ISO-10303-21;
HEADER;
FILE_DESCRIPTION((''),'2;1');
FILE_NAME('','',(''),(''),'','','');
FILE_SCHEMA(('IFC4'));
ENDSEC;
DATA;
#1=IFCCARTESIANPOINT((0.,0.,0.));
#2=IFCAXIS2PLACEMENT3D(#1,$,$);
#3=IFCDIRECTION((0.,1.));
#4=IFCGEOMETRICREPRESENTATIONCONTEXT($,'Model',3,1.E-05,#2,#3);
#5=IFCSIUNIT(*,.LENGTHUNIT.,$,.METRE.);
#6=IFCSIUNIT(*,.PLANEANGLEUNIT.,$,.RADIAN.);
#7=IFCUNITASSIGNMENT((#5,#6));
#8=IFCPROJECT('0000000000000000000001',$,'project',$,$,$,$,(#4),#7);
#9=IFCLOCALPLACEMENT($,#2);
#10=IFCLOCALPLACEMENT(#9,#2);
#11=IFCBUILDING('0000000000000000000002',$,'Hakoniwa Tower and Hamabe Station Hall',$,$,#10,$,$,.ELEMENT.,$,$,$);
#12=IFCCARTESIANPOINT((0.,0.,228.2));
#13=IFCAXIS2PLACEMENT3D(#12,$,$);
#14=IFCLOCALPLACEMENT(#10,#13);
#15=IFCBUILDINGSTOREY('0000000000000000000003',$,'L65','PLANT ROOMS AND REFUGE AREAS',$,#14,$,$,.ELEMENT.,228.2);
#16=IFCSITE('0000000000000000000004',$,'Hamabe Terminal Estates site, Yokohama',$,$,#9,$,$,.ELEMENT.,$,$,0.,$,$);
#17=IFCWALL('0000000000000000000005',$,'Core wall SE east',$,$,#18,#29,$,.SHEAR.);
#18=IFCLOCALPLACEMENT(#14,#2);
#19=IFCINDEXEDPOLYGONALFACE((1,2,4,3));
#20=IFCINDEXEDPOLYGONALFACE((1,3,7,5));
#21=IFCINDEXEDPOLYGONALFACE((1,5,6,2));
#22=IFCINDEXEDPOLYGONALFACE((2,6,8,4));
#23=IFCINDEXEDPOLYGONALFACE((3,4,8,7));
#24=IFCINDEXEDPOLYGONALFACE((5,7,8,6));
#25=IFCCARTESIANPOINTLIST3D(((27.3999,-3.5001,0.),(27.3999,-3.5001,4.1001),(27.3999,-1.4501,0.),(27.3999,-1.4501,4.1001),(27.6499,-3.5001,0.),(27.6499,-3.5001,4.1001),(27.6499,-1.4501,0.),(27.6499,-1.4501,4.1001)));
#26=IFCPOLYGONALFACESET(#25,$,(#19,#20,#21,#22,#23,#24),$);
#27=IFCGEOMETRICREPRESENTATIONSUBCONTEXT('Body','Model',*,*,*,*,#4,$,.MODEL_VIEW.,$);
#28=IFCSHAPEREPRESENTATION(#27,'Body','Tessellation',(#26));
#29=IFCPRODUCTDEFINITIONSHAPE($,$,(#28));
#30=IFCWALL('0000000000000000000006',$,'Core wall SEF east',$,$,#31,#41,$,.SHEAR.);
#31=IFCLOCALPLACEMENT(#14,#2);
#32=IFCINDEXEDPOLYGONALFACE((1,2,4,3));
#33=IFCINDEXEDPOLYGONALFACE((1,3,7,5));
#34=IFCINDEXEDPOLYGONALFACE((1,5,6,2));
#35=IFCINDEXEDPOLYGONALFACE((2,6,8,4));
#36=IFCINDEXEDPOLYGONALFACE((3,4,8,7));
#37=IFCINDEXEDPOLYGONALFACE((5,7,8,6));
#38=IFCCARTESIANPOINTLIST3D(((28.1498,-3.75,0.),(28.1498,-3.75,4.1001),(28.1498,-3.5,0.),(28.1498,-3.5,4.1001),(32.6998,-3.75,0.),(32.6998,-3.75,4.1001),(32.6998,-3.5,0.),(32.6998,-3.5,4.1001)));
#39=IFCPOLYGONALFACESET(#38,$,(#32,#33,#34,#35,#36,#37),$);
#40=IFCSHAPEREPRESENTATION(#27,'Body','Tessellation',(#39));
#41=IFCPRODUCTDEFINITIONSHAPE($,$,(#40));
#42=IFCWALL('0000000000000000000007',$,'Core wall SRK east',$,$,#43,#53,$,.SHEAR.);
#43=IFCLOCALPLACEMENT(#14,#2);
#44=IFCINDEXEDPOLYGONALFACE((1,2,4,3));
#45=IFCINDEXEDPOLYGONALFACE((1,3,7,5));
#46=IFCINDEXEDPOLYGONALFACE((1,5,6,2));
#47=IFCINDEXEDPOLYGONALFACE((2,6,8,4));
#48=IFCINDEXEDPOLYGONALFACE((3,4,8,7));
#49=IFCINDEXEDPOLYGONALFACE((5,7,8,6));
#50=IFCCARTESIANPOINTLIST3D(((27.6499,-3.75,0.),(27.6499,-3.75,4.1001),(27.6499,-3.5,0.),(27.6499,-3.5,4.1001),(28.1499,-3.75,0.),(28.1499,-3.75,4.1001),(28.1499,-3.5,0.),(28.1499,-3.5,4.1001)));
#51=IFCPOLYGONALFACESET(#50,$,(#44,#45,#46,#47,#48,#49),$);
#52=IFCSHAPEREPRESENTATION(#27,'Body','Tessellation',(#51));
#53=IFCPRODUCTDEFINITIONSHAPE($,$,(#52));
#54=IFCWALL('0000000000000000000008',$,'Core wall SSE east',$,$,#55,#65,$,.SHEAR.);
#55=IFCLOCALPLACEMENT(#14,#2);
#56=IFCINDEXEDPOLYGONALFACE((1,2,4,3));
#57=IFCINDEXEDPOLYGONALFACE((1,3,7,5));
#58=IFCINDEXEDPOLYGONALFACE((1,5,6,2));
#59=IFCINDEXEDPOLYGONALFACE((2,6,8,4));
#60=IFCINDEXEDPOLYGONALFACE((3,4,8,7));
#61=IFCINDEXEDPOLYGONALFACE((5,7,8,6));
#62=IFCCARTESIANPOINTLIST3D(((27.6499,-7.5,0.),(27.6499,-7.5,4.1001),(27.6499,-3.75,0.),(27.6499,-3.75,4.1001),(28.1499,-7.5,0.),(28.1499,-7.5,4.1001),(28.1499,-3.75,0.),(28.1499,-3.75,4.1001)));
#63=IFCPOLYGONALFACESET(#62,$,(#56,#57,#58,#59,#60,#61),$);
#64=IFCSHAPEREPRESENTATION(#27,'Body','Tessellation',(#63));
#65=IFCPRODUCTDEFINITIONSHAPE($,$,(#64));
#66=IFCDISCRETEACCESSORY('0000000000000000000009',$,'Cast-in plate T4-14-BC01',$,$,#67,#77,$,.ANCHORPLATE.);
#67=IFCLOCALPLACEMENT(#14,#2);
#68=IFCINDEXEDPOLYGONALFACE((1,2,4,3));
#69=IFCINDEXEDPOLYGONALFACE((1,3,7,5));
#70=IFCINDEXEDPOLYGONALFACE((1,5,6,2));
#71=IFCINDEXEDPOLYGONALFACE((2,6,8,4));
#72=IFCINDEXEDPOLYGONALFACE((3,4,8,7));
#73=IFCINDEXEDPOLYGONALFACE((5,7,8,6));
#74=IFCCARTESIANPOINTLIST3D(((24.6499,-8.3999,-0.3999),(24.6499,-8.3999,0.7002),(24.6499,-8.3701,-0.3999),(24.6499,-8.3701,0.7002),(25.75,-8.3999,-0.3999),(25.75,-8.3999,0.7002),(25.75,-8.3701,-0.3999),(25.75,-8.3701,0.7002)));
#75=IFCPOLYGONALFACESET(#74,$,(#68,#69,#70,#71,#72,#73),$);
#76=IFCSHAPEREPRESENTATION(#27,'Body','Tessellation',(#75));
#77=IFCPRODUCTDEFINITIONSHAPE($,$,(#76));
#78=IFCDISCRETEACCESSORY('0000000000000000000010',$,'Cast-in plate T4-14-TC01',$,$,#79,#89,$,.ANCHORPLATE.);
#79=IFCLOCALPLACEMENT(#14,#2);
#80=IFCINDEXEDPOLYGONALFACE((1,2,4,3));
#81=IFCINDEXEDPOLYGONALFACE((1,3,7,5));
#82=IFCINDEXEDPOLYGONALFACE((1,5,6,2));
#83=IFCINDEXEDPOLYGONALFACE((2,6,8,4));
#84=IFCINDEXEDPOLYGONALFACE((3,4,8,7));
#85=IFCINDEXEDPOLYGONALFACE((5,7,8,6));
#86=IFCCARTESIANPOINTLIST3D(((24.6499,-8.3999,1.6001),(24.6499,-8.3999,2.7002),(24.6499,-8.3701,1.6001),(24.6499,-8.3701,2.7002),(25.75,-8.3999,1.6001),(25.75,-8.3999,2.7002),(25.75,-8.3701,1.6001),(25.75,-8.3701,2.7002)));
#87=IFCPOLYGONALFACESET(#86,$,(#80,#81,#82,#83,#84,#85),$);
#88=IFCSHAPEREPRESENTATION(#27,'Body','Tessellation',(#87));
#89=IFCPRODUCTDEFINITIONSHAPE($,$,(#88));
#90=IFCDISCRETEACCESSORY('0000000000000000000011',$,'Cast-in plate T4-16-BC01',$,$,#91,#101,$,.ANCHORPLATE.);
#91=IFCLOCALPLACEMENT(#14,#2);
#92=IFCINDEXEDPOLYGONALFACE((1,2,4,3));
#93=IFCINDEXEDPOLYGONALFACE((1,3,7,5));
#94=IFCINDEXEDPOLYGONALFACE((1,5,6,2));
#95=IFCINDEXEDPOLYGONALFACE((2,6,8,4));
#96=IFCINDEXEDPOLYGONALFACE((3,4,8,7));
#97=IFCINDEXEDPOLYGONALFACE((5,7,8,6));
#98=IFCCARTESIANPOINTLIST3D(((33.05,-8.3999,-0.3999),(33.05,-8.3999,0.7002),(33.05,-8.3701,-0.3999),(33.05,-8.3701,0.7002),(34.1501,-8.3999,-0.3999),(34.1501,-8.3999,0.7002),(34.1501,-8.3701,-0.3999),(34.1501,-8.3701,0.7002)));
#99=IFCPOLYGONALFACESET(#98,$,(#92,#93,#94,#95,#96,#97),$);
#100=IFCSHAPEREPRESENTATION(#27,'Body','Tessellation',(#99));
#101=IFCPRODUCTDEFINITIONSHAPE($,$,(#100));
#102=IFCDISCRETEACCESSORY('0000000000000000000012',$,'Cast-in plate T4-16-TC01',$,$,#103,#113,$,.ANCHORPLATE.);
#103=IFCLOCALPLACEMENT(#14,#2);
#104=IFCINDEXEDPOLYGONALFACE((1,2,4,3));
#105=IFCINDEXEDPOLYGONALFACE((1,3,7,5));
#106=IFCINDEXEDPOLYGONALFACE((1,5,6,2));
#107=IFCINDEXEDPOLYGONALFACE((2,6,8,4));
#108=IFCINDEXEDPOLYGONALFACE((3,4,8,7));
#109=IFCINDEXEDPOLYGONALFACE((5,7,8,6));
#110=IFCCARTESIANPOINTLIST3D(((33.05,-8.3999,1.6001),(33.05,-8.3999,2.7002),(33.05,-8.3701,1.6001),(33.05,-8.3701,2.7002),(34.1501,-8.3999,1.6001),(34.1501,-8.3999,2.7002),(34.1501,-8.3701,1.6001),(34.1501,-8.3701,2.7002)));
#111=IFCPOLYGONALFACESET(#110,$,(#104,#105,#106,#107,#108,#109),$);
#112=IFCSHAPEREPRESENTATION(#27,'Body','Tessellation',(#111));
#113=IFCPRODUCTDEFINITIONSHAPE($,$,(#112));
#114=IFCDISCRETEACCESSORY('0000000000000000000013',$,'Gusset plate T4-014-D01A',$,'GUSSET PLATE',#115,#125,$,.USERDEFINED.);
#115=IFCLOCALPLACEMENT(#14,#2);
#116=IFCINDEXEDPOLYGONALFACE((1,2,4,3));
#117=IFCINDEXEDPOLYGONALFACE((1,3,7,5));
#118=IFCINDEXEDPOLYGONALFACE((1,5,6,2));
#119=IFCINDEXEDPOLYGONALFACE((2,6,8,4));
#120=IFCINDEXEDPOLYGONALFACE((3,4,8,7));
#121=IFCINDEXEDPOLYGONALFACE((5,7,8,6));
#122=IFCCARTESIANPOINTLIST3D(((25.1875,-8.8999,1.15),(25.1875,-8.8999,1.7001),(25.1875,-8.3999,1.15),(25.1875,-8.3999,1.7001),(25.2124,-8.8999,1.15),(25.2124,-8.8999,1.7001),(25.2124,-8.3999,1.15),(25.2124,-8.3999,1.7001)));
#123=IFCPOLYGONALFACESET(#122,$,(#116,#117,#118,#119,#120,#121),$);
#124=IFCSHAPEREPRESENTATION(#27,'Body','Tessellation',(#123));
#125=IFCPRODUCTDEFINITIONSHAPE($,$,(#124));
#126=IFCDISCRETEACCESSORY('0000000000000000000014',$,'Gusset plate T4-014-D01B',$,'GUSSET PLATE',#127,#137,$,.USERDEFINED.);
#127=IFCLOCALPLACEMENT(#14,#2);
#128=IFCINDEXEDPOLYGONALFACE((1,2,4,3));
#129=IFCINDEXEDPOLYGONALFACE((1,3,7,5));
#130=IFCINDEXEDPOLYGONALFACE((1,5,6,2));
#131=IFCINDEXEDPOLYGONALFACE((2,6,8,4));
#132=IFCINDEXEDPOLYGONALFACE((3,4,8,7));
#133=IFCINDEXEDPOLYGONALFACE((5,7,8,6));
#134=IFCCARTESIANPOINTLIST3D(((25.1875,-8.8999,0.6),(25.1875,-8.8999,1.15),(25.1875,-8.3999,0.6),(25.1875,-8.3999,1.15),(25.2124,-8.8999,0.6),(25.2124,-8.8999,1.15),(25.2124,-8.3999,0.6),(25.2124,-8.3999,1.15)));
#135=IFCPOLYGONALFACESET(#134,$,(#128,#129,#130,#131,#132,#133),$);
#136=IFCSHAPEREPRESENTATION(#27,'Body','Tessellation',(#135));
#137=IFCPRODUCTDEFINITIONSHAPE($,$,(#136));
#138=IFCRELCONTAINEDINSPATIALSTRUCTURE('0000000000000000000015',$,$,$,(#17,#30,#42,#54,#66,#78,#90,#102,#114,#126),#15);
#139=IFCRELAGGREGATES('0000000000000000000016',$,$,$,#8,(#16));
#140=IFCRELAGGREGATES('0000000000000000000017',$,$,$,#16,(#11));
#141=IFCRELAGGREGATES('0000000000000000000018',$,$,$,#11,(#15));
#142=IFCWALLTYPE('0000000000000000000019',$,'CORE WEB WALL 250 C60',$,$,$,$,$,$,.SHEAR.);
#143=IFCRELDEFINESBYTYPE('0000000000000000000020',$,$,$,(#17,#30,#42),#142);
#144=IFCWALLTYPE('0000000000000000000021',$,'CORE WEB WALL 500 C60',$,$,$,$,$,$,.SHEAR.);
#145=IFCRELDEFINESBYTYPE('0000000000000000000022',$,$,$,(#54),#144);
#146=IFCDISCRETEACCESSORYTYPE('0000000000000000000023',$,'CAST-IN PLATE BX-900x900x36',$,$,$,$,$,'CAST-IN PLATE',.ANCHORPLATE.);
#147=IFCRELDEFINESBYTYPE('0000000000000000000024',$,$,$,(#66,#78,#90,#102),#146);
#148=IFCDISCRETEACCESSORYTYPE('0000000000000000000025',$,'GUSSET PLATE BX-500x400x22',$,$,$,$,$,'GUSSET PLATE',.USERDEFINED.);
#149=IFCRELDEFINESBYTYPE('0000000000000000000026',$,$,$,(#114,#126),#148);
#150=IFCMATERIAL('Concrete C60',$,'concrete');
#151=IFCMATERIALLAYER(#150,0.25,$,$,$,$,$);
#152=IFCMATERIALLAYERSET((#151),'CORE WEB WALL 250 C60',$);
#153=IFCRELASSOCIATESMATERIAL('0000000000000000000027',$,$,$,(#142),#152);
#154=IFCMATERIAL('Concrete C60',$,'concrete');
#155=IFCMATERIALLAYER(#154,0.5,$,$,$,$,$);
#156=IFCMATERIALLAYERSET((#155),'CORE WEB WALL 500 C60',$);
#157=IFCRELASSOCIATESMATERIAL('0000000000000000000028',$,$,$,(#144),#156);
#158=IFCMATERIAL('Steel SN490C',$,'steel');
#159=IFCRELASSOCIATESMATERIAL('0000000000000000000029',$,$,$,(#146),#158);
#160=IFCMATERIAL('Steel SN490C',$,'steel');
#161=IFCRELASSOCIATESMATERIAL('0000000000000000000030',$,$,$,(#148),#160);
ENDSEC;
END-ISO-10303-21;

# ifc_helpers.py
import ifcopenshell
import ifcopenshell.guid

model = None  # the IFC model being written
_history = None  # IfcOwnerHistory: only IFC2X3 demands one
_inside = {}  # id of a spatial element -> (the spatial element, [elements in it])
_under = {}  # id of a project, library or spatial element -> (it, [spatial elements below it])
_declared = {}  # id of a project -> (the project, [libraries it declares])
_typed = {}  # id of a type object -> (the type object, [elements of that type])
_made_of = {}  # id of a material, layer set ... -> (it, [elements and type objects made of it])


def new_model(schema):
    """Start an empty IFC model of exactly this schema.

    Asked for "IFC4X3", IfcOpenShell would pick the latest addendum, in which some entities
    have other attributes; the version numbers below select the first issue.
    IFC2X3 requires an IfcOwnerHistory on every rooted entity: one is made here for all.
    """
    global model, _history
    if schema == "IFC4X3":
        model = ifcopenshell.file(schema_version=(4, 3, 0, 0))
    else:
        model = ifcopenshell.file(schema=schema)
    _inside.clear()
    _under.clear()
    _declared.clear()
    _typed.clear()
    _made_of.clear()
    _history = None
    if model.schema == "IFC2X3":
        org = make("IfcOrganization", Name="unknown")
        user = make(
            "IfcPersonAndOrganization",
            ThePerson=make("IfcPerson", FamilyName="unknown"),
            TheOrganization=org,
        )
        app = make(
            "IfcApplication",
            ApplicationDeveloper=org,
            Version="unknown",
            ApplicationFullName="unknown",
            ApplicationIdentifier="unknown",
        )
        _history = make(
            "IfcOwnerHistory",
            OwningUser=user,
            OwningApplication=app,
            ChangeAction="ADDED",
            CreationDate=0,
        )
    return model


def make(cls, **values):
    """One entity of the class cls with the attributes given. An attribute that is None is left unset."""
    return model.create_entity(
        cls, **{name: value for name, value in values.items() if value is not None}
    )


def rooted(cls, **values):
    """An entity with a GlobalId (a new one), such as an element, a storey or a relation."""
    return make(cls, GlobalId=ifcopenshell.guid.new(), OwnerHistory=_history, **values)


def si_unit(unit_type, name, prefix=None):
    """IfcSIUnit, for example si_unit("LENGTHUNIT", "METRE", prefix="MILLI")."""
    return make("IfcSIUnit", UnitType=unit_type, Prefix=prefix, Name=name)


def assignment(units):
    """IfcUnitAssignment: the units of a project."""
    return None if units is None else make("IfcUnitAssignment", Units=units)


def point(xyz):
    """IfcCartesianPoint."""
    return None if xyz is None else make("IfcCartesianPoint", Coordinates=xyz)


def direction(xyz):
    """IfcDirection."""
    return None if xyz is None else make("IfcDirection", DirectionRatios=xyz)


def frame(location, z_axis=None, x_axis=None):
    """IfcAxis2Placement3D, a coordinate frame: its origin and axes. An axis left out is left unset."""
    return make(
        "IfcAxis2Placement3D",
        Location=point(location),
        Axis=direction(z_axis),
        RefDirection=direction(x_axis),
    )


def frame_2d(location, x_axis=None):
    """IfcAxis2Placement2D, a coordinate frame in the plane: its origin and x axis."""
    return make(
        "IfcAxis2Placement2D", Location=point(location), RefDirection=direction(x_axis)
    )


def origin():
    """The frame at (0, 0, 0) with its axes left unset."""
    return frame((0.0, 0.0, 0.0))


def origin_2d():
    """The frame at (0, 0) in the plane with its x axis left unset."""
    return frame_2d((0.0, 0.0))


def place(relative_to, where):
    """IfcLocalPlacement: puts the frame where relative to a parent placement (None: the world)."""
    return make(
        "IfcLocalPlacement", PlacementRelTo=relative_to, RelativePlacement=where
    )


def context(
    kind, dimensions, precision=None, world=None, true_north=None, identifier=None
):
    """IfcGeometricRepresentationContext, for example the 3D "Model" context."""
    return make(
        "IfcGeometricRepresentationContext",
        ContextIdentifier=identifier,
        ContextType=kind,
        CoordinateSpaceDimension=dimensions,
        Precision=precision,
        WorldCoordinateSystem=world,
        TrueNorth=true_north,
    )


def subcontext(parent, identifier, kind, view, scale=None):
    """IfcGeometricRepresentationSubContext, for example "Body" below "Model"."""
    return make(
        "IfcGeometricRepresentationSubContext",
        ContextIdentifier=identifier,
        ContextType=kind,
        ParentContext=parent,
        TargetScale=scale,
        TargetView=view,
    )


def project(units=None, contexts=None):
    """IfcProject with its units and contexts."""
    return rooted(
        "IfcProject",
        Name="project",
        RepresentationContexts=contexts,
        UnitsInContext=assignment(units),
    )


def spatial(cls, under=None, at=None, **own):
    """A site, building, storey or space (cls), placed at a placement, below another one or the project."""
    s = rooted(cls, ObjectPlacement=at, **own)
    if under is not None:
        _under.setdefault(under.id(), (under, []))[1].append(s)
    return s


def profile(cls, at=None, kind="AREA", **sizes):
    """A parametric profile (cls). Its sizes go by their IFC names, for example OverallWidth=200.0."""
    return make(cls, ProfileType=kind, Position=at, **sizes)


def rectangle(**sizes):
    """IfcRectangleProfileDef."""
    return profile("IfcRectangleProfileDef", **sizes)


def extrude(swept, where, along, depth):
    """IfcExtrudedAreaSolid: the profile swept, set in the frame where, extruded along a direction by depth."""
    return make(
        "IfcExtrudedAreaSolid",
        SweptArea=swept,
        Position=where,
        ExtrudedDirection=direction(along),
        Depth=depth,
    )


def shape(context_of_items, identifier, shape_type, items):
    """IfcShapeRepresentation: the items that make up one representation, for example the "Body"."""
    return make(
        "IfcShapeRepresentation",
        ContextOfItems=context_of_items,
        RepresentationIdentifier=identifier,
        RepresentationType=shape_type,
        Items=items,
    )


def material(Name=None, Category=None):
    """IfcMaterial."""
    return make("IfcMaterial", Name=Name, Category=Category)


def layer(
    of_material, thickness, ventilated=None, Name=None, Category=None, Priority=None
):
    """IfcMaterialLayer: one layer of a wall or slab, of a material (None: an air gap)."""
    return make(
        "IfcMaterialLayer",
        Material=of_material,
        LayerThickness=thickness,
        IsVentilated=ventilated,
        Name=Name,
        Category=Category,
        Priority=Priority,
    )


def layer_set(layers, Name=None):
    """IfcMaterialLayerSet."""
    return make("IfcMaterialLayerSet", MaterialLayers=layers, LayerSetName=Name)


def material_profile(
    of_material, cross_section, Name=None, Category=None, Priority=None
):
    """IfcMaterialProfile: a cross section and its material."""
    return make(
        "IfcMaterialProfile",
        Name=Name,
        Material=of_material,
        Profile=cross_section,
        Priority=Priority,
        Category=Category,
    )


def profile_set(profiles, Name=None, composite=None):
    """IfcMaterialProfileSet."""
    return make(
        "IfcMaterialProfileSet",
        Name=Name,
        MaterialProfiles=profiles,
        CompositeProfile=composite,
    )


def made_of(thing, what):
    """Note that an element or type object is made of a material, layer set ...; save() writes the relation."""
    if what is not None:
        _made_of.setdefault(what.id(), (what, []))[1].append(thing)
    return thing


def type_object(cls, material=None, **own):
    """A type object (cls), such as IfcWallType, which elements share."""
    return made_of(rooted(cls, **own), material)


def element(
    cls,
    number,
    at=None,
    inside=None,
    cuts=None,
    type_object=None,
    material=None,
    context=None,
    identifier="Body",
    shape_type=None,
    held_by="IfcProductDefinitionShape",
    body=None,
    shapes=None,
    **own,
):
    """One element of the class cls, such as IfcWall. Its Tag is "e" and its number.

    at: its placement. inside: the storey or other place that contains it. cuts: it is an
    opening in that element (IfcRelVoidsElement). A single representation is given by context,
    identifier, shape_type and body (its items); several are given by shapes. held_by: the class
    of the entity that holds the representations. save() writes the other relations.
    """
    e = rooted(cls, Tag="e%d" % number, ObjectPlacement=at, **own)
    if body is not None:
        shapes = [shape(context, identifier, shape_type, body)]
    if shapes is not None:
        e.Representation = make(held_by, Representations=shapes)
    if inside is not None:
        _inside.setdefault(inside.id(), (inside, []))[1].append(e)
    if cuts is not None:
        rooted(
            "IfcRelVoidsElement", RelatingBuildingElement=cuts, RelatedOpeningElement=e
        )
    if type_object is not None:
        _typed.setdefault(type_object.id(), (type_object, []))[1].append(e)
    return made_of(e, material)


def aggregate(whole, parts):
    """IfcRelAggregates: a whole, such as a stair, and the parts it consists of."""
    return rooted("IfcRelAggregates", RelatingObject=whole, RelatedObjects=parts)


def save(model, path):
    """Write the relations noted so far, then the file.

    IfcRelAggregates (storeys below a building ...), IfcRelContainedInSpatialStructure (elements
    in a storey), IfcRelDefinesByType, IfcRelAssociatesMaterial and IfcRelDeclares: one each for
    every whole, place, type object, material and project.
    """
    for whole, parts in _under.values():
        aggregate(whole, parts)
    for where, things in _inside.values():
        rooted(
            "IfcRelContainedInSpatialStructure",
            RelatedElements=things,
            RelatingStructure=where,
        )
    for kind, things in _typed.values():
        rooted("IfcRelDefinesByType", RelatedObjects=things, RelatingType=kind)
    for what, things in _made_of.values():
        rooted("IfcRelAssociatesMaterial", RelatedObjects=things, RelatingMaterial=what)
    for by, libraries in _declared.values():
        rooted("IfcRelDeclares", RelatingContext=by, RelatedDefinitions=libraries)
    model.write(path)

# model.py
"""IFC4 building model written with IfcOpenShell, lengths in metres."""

from ifc_helpers import new_model, si_unit, direction, frame, frame_2d, origin, origin_2d, place, context, subcontext, project, spatial, rectangle, extrude, material, layer, layer_set, material_profile, profile_set, type_object, element, save


model = new_model("IFC4")

# Units and contexts
model_context = context("Model", 3, precision=1e-05, world=origin(), true_north=direction((0.0, 1.0)))
body_context = subcontext(model_context, "Body", "Model", "MODEL_VIEW")
ifc_project = project(units=[si_unit("LENGTHUNIT", "METRE"), si_unit("PLANEANGLEUNIT", "RADIAN")], contexts=[model_context])

# Site, building, storey
site_placement = place(None, origin())
site = spatial("IfcSite", under=ifc_project, at=site_placement, Name="Hamabe Terminal Estates site, Yokohama", CompositionType="ELEMENT", RefElevation=0.0)
building_placement = place(site_placement, origin())
building = spatial("IfcBuilding", under=site, at=building_placement, Name="Hakoniwa Tower and Hamabe Station Hall", CompositionType="ELEMENT")
storey_placement = place(building_placement, frame((0.0, 0.0, 228.2)))
storey = spatial("IfcBuildingStorey", under=building, at=storey_placement, Name="L65", Description="PLANT ROOMS AND REFUGE AREAS", CompositionType="ELEMENT", Elevation=228.2)

# Shared definitions
ifc_material_1 = material(Name="Concrete C60", Category="concrete")
ifc_layer_1 = layer(ifc_material_1, 0.25)
ifc_layer_set_1 = layer_set([ifc_layer_1], Name="CORE WEB WALL 250 C60")
wall_type_1 = type_object("IfcWallType", Name="CORE WEB WALL 250 C60", PredefinedType="SHEAR", material=ifc_layer_set_1)

# Walls
wall_1_placement = place(storey_placement, frame((27.5249, -3.5, 0.0), z_axis=(0.0, 0.0, 1.0), x_axis=(0.0, 1.0, 0.0)))
element("IfcWall", 1, at=wall_1_placement, inside=storey, type_object=wall_type_1, Name="Core wall SE east", PredefinedType="SHEAR", context=body_context, shape_type="SweptSolid", body=[
    extrude(rectangle(XDim=2.05, YDim=0.25, at=frame_2d((1.0249, 0.0))), origin(), (0.0, 0.0, 1.0), 4.1001),
])
wall_2_placement = place(storey_placement, frame((28.1499, -3.625, 0.0), z_axis=(0.0, 0.0, 1.0), x_axis=(1.0, 0.0, 0.0)))
element("IfcWall", 2, at=wall_2_placement, inside=storey, type_object=wall_type_1, Name="Core wall SEF east", PredefinedType="SHEAR", context=body_context, shape_type="SweptSolid", body=[
    extrude(rectangle(XDim=4.55, YDim=0.25, at=frame_2d((2.2749, 0.0))), origin(), (0.0, 0.0, 1.0), 4.1001),
])
wall_3_placement = place(storey_placement, frame((27.6499, -3.625, 0.0), z_axis=(0.0, 0.0, 1.0), x_axis=(1.0, 0.0, 0.0)))
element("IfcWall", 3, at=wall_3_placement, inside=storey, type_object=wall_type_1, Name="Core wall SRK east", PredefinedType="SHEAR", context=body_context, shape_type="SweptSolid", body=[
    extrude(rectangle(XDim=0.5, YDim=0.25, at=frame_2d((0.25, 0.0))), origin(), (0.0, 0.0, 1.0), 4.1001),
])
ifc_material_2 = material(Name="Concrete C60", Category="concrete")
ifc_layer_2 = layer(ifc_material_2, 0.5)
ifc_layer_set_2 = layer_set([ifc_layer_2], Name="CORE WEB WALL 500 C60")
wall_type_2 = type_object("IfcWallType", Name="CORE WEB WALL 500 C60", PredefinedType="SHEAR", material=ifc_layer_set_2)
wall_4_placement = place(storey_placement, frame((27.8999, -7.5, 0.0), z_axis=(0.0, 0.0, 1.0), x_axis=(0.0, 1.0, 0.0)))
element("IfcWall", 4, at=wall_4_placement, inside=storey, type_object=wall_type_2, Name="Core wall SSE east", PredefinedType="SHEAR", context=body_context, shape_type="SweptSolid", body=[
    extrude(rectangle(XDim=3.75, YDim=0.5, at=frame_2d((1.875, 0.0))), origin(), (0.0, 0.0, 1.0), 4.1001),
])

# Discrete accessories
ifc_material_3 = material(Name="Steel SN490C", Category="steel")
ifc_material_profile_1 = material_profile(ifc_material_3, rectangle(XDim=1.1001, YDim=1.1001, at=origin_2d()), Name="CAST-IN PLATE BX-900x900x36")
ifc_profile_set_1 = profile_set([ifc_material_profile_1], Name="Steel SN490C")
discrete_accessory_type_1 = type_object("IfcDiscreteAccessoryType", Name="CAST-IN PLATE BX-900x900x36", ElementType="CAST-IN PLATE", PredefinedType="ANCHORPLATE", material=ifc_profile_set_1)
for number, where, z_axis, x_axis, name in (
    (5, (25.2, -8.3701, 0.1501), (0.0, -1.0, 0.0), (1.0, 0.0, 0.0), "Cast-in plate T4-14-BC01"),
    (6, (25.2, -8.3701, 2.1501), (0.0, -1.0, 0.0), (1.0, 0.0, 0.0), "Cast-in plate T4-14-TC01"),
    (7, (33.6001, -8.3701, 0.1501), (0.0, -1.0, 0.0), (1.0, 0.0, 0.0), "Cast-in plate T4-16-BC01"),
    (8, (33.6001, -8.3701, 2.1501), (0.0, -1.0, 0.0), (1.0, 0.0, 0.0), "Cast-in plate T4-16-TC01"),
):
    element("IfcDiscreteAccessory", number, at=place(storey_placement, frame(where, z_axis=z_axis, x_axis=x_axis)), inside=storey, type_object=discrete_accessory_type_1, Name=name, PredefinedType="ANCHORPLATE", context=body_context, shape_type="SweptSolid", body=[
        extrude(rectangle(XDim=1.1001, YDim=1.1001, at=origin_2d()), origin(), (0.0, 0.0, 1.0), 0.0298),
    ])
ifc_material_4 = material(Name="Steel SN490C", Category="steel")
ifc_material_profile_2 = material_profile(ifc_material_4, rectangle(XDim=0.5, YDim=0.55, at=origin_2d()), Name="GUSSET PLATE BX-500x400x22")
ifc_profile_set_2 = profile_set([ifc_material_profile_2], Name="Steel SN490C")
discrete_accessory_type_2 = type_object("IfcDiscreteAccessoryType", Name="GUSSET PLATE BX-500x400x22", ElementType="GUSSET PLATE", PredefinedType="USERDEFINED", material=ifc_profile_set_2)
for number, where, z_axis, x_axis, name in (
    (9, (25.2124, -8.6499, 1.425), (-1.0, 0.0, 0.0), (0.0, -1.0, 0.0), "Gusset plate T4-014-D01A"),
    (10, (25.2124, -8.6499, 0.875), (-1.0, 0.0, 0.0), (0.0, -1.0, 0.0), "Gusset plate T4-014-D01B"),
):
    element("IfcDiscreteAccessory", number, at=place(storey_placement, frame(where, z_axis=z_axis, x_axis=x_axis)), inside=storey, type_object=discrete_accessory_type_2, Name=name, ObjectType="GUSSET PLATE", PredefinedType="USERDEFINED", context=body_context, shape_type="SweptSolid", body=[
        extrude(rectangle(XDim=0.5, YDim=0.55, at=origin_2d()), origin(), (0.0, 0.0, 1.0), 0.0249),
    ])

save(model, "model.ifc")
